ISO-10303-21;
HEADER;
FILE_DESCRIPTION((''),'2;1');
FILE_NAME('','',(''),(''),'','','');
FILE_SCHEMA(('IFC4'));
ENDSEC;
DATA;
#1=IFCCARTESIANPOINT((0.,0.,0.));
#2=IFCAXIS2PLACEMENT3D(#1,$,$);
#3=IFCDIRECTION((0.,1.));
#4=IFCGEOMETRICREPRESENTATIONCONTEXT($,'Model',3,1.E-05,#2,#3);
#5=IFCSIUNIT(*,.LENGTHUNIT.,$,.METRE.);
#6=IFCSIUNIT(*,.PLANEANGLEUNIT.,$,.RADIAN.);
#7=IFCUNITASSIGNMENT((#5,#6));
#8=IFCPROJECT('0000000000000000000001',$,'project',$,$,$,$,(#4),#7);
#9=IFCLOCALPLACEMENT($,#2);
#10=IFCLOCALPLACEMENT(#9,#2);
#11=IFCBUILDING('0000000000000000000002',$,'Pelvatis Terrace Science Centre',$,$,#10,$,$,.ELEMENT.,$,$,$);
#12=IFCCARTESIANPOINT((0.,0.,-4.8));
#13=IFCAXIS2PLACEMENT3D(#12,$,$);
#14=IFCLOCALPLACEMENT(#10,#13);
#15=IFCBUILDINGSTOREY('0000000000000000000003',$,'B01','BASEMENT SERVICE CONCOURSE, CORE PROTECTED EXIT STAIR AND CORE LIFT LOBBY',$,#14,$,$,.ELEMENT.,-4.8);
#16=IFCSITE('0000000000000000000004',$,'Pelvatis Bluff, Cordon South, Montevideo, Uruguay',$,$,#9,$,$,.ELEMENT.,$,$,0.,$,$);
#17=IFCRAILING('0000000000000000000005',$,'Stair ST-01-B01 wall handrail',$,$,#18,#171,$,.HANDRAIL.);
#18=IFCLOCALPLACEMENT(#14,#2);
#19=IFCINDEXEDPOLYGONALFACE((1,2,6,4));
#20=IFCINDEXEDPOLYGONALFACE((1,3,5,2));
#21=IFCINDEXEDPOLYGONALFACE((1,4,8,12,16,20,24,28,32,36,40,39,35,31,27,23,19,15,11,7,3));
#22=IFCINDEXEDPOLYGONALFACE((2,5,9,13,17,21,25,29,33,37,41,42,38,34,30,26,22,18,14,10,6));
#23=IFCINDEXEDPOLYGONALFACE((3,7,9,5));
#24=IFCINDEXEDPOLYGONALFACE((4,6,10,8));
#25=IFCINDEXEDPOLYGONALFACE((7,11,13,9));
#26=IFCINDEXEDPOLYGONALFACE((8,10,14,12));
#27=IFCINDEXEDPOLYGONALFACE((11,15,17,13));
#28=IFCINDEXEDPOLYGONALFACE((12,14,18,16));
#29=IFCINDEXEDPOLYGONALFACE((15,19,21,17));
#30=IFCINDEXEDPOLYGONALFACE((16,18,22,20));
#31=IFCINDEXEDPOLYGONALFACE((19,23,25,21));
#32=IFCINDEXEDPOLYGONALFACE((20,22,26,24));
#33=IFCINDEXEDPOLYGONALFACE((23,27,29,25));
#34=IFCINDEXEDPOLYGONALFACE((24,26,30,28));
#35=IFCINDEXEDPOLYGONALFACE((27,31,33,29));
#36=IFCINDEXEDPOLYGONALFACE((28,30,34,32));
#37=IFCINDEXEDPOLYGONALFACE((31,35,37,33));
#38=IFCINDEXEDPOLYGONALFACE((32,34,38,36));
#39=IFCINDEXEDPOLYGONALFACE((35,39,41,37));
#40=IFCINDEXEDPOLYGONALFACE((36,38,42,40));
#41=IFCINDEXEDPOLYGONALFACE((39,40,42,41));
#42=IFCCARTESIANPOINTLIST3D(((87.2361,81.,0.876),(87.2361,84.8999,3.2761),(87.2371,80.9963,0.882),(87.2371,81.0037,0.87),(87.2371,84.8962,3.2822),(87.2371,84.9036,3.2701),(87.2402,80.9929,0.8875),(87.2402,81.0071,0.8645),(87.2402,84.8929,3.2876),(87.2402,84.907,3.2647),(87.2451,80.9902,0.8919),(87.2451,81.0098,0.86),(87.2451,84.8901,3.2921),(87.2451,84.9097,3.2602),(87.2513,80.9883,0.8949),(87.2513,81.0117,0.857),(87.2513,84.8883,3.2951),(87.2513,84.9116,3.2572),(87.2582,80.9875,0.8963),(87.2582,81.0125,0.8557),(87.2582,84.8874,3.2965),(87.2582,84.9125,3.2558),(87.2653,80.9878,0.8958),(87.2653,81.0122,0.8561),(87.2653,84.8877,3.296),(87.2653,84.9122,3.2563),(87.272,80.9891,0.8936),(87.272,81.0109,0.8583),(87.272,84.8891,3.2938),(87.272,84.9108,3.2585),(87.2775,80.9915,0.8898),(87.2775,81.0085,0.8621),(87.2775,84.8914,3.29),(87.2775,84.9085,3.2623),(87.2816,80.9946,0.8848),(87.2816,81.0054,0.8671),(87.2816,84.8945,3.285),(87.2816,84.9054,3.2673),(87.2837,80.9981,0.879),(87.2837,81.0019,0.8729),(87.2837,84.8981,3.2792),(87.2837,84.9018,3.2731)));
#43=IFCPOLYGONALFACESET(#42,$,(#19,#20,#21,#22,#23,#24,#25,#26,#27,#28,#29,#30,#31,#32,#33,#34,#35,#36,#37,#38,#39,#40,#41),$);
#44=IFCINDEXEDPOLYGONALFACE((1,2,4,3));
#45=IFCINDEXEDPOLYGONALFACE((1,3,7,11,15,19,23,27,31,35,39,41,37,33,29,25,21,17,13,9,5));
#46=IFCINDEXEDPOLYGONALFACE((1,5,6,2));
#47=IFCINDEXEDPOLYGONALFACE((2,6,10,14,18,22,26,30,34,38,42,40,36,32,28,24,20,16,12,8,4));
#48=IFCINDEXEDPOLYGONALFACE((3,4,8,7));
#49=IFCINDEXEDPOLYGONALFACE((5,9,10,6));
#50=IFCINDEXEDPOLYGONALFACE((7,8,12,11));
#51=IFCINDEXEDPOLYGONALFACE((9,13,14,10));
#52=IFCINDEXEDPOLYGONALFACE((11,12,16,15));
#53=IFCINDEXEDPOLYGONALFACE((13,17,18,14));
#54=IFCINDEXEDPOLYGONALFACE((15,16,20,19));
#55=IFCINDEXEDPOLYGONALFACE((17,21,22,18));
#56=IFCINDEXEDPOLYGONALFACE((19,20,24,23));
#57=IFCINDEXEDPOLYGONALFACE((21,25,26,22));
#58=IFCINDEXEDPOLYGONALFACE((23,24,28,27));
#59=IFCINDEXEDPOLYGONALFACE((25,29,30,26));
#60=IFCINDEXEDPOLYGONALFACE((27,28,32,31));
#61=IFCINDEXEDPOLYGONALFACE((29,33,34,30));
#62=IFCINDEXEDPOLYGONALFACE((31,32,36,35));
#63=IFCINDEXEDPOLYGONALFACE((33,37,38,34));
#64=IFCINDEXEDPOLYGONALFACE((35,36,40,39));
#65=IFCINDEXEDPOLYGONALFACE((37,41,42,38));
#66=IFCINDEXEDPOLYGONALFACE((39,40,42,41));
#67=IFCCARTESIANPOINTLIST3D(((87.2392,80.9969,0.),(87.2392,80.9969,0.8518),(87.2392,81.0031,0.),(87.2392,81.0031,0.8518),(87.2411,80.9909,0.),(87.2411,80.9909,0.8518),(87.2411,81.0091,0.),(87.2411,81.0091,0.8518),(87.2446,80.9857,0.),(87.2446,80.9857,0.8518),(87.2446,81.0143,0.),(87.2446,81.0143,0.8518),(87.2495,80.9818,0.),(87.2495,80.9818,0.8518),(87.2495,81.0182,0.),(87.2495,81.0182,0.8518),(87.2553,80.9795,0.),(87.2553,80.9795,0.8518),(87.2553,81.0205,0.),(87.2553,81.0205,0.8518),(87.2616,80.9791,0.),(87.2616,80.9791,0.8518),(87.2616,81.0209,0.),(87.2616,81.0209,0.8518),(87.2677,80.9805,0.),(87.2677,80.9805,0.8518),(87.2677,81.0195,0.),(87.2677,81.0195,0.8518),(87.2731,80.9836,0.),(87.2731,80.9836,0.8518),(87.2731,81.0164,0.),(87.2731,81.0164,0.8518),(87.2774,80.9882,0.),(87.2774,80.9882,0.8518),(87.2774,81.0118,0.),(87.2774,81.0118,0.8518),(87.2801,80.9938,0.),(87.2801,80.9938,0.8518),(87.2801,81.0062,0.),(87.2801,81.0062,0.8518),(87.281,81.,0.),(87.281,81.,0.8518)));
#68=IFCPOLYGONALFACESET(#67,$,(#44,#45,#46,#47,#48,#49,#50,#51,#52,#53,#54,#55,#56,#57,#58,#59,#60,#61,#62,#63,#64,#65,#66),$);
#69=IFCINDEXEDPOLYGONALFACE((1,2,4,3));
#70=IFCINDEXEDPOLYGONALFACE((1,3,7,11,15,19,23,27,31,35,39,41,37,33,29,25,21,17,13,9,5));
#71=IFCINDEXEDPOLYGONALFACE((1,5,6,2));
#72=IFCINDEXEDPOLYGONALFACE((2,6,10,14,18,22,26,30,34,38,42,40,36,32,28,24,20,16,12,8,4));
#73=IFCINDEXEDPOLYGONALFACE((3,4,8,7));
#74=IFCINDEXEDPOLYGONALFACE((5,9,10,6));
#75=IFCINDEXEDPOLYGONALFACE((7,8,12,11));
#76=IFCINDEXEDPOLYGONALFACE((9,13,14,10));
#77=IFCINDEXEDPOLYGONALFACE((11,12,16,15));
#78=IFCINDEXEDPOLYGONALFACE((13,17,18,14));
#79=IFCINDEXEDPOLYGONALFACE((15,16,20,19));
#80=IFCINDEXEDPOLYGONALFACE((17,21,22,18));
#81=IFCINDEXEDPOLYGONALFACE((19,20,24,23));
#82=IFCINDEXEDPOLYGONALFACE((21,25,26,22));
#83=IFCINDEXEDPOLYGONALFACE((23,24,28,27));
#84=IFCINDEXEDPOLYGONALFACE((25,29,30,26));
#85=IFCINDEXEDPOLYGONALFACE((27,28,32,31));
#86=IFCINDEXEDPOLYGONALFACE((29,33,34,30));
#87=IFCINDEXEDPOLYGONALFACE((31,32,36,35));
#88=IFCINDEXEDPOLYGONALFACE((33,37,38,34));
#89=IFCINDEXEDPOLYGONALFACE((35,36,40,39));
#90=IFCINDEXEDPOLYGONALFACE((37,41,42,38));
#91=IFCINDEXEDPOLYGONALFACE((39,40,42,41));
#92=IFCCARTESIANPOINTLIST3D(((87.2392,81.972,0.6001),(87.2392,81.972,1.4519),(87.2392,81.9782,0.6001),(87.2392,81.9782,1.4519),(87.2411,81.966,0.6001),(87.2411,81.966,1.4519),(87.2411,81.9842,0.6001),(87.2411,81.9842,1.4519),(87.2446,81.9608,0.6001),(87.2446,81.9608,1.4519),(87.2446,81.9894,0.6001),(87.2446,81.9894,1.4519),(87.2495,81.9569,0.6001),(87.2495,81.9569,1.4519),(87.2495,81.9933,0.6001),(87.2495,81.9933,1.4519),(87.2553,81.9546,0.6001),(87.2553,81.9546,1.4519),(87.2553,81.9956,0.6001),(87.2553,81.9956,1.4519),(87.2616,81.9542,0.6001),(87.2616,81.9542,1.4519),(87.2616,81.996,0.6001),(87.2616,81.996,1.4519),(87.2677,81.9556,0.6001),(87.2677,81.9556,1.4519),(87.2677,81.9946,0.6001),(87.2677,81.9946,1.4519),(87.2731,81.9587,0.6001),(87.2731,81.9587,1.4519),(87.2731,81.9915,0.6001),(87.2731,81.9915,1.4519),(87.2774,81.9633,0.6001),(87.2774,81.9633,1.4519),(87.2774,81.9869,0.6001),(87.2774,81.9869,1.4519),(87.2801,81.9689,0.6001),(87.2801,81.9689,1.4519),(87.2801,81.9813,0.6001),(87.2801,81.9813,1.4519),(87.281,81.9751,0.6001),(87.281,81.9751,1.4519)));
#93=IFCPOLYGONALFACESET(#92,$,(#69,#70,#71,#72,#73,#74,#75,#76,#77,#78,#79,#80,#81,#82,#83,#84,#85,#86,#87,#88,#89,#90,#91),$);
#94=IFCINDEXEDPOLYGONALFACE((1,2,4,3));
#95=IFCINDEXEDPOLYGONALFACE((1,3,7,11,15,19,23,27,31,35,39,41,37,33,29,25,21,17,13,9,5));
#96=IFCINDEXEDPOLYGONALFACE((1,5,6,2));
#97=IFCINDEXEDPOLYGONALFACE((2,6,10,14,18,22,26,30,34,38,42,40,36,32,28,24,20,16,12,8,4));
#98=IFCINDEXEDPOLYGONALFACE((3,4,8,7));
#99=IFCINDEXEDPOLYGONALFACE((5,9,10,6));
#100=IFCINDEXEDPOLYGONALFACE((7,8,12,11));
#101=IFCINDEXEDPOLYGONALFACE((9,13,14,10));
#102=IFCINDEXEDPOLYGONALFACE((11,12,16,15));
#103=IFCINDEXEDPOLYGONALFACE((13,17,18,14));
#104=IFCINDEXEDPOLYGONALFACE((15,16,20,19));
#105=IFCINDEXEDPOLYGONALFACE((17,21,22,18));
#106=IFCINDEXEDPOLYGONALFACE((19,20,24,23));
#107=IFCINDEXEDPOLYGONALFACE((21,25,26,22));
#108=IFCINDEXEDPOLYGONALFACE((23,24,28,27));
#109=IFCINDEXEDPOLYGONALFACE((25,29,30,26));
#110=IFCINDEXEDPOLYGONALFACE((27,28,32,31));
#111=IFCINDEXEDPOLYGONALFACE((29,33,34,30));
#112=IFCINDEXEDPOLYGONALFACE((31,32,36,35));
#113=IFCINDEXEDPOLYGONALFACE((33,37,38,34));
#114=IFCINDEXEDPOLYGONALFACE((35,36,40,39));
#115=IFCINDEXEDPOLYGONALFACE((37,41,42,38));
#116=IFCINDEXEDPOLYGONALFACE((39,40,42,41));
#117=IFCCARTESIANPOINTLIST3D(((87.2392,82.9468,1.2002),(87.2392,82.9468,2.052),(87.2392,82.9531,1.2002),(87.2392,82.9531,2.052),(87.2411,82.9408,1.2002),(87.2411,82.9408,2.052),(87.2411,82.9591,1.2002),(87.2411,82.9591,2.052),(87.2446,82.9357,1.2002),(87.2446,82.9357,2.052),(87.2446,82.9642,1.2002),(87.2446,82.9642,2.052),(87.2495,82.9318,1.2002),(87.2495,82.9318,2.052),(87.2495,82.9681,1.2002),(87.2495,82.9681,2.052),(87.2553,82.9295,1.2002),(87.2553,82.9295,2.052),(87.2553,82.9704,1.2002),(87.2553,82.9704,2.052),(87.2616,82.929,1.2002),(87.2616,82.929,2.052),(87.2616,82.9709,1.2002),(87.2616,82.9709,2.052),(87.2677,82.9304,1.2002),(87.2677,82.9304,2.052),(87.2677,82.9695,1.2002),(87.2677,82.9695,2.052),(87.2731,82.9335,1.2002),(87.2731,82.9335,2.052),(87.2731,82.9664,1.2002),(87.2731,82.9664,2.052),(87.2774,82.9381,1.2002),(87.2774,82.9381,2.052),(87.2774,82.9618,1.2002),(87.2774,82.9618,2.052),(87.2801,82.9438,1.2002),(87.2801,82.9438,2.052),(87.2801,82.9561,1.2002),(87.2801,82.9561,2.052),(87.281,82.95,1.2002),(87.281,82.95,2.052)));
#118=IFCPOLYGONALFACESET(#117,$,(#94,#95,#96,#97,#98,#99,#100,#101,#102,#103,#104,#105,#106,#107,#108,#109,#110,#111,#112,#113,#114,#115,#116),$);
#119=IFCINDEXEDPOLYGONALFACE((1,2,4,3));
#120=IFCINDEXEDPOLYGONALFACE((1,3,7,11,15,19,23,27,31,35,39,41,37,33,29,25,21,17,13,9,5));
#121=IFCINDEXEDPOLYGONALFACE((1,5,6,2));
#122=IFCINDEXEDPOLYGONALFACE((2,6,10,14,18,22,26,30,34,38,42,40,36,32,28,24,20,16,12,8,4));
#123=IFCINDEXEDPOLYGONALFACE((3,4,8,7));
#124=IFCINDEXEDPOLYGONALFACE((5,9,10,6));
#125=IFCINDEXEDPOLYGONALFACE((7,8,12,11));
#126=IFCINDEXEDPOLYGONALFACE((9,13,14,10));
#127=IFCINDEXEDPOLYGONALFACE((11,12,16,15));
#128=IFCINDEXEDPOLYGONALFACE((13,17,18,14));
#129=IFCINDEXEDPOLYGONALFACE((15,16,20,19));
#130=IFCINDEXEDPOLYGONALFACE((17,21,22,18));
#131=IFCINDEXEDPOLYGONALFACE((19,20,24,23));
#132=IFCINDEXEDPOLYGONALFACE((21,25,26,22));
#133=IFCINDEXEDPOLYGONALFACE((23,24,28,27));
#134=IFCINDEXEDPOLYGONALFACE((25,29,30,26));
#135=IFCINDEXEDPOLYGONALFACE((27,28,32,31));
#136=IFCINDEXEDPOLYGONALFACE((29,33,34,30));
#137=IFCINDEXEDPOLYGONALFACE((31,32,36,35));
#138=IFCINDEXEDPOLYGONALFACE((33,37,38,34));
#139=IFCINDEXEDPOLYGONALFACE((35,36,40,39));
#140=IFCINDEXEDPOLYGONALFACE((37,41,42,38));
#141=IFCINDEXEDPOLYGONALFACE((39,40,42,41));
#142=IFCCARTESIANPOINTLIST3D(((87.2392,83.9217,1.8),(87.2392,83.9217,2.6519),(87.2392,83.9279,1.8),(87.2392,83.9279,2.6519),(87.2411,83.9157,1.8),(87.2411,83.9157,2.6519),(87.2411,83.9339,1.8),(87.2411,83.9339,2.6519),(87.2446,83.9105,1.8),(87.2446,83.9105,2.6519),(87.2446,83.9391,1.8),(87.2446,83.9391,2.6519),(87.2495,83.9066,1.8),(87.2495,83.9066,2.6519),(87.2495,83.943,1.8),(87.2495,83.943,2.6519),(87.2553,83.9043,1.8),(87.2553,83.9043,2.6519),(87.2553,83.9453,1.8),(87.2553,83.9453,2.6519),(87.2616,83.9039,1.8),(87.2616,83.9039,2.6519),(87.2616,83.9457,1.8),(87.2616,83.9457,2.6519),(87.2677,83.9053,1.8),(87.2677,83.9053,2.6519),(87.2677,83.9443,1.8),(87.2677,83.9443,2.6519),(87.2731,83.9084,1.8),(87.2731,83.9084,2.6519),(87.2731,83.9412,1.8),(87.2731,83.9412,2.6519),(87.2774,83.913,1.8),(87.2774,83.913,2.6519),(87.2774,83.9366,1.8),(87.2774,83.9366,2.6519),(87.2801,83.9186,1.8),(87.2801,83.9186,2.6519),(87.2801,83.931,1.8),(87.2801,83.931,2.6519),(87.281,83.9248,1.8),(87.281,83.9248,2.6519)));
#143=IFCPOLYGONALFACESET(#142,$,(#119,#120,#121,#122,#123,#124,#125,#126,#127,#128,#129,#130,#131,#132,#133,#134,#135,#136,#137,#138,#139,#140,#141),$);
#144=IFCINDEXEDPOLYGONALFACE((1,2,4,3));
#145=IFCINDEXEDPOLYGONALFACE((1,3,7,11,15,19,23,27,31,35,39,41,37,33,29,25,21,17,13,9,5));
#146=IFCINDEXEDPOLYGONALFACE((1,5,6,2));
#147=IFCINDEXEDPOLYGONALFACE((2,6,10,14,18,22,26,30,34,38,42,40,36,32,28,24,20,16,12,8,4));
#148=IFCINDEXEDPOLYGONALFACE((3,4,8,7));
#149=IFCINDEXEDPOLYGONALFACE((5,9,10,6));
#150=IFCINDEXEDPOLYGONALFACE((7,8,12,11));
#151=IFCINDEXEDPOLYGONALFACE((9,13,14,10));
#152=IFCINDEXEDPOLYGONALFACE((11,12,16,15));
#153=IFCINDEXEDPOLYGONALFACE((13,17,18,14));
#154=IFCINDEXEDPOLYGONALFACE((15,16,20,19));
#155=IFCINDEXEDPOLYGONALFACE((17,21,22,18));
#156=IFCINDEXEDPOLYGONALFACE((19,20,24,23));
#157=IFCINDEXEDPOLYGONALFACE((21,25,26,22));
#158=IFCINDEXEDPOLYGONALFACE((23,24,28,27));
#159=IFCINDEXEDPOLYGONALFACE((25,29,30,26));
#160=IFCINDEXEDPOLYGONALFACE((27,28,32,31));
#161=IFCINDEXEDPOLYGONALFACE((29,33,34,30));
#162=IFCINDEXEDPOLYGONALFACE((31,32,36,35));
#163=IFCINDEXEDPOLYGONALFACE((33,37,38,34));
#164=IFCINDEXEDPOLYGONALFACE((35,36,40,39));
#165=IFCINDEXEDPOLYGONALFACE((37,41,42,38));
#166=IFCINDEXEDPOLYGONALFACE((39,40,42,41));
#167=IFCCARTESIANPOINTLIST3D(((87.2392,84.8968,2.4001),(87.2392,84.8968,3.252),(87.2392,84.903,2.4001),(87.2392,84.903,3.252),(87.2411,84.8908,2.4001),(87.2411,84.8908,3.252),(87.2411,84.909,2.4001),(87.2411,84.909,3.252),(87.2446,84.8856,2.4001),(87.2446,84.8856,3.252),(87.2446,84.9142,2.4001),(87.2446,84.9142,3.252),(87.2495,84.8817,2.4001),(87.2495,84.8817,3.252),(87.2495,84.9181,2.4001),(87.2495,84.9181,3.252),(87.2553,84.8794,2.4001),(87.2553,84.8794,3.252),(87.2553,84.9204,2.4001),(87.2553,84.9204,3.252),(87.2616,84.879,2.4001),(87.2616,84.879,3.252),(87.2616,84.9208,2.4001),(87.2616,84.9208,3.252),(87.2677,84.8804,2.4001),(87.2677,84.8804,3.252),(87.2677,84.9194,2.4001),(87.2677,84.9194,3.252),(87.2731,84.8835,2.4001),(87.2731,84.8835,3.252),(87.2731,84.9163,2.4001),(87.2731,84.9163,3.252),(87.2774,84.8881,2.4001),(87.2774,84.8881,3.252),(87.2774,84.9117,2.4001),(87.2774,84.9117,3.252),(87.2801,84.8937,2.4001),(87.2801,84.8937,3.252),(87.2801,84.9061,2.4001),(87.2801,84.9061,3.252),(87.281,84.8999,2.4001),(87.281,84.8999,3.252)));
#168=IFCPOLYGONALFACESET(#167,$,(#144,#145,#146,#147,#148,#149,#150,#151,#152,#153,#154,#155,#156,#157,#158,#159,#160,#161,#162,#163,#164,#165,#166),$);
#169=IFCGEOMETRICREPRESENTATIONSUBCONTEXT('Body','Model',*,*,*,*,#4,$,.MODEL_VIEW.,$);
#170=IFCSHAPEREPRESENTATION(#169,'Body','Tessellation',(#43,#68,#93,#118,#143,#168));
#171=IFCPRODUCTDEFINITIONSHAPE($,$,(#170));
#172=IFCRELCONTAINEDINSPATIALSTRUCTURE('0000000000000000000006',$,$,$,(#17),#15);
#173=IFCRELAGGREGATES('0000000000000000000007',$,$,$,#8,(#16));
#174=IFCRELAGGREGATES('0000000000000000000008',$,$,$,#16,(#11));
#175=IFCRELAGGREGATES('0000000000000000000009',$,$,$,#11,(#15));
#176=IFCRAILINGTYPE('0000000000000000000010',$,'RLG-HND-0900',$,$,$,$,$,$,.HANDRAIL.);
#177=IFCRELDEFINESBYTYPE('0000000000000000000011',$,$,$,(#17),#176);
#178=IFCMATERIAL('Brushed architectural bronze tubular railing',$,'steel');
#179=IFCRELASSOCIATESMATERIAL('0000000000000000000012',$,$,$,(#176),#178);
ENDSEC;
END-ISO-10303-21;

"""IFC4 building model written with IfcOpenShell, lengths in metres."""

from ifc_helpers import new_model, si_unit, direction, frame, origin, origin_2d, place, context, subcontext, project, spatial, circle, extrude, material, type_object, element, save


model = new_model("IFC4")

# Units and contexts
model_context = context("Model", 3, precision=1e-05, world=origin(), true_north=direction((0.0, 1.0)))
body_context = subcontext(model_context, "Body", "Model", "MODEL_VIEW")
ifc_project = project(units=[si_unit("LENGTHUNIT", "METRE"), si_unit("PLANEANGLEUNIT", "RADIAN")], contexts=[model_context])

# Site, building, storey
site_placement = place(None, origin())
site = spatial("IfcSite", under=ifc_project, at=site_placement, Name="Pelvatis Bluff, Cordon South, Montevideo, Uruguay", CompositionType="ELEMENT", RefElevation=0.0)
building_placement = place(site_placement, origin())
building = spatial("IfcBuilding", under=site, at=building_placement, Name="Pelvatis Terrace Science Centre", CompositionType="ELEMENT")
storey_placement = place(building_placement, frame((0.0, 0.0, -4.8)))
storey = spatial("IfcBuildingStorey", under=building, at=storey_placement, Name="B01", Description="BASEMENT SERVICE CONCOURSE, CORE PROTECTED EXIT STAIR AND CORE LIFT LOBBY", CompositionType="ELEMENT", Elevation=-4.8)

# Railing
ifc_material_1 = material(Name="Brushed architectural bronze tubular railing", Category="steel")
railing_type_1 = type_object("IfcRailingType", Name="RLG-HND-0900", PredefinedType="HANDRAIL", material=ifc_material_1)
railing_1_placement = place(storey_placement, frame((87.26, 81.0, 0.0)))
element("IfcRailing", 1, at=railing_1_placement, inside=storey, type_object=railing_type_1, Name="Stair ST-01-B01 wall handrail", PredefinedType="HANDRAIL", context=body_context, shape_type="SweptSolid", body=[
    extrude(circle(Radius=0.0239, at=origin_2d()), frame((0.0, 0.0, 0.876), z_axis=(0.0, 0.851638, 0.52413), x_axis=(-1.0, 0.0, 0.0)), (0.0, 0.0, 1.0), 4.5793),
    extrude(circle(Radius=0.021, at=origin_2d()), origin(), (0.0, 0.0, 1.0), 0.8518),
    extrude(circle(Radius=0.021, at=origin_2d()), frame((0.0, 0.9751, 0.6001)), (0.0, 0.0, 1.0), 0.8518),
    extrude(circle(Radius=0.021, at=origin_2d()), frame((0.0, 1.95, 1.2002)), (0.0, 0.0, 1.0), 0.8518),
    extrude(circle(Radius=0.021, at=origin_2d()), frame((0.0, 2.9248, 1.8)), (0.0, 0.0, 1.0), 0.8518),
    extrude(circle(Radius=0.021, at=origin_2d()), frame((0.0, 3.8999, 2.4001)), (0.0, 0.0, 1.0), 0.8518),
])

save(model, "model.ifc")
